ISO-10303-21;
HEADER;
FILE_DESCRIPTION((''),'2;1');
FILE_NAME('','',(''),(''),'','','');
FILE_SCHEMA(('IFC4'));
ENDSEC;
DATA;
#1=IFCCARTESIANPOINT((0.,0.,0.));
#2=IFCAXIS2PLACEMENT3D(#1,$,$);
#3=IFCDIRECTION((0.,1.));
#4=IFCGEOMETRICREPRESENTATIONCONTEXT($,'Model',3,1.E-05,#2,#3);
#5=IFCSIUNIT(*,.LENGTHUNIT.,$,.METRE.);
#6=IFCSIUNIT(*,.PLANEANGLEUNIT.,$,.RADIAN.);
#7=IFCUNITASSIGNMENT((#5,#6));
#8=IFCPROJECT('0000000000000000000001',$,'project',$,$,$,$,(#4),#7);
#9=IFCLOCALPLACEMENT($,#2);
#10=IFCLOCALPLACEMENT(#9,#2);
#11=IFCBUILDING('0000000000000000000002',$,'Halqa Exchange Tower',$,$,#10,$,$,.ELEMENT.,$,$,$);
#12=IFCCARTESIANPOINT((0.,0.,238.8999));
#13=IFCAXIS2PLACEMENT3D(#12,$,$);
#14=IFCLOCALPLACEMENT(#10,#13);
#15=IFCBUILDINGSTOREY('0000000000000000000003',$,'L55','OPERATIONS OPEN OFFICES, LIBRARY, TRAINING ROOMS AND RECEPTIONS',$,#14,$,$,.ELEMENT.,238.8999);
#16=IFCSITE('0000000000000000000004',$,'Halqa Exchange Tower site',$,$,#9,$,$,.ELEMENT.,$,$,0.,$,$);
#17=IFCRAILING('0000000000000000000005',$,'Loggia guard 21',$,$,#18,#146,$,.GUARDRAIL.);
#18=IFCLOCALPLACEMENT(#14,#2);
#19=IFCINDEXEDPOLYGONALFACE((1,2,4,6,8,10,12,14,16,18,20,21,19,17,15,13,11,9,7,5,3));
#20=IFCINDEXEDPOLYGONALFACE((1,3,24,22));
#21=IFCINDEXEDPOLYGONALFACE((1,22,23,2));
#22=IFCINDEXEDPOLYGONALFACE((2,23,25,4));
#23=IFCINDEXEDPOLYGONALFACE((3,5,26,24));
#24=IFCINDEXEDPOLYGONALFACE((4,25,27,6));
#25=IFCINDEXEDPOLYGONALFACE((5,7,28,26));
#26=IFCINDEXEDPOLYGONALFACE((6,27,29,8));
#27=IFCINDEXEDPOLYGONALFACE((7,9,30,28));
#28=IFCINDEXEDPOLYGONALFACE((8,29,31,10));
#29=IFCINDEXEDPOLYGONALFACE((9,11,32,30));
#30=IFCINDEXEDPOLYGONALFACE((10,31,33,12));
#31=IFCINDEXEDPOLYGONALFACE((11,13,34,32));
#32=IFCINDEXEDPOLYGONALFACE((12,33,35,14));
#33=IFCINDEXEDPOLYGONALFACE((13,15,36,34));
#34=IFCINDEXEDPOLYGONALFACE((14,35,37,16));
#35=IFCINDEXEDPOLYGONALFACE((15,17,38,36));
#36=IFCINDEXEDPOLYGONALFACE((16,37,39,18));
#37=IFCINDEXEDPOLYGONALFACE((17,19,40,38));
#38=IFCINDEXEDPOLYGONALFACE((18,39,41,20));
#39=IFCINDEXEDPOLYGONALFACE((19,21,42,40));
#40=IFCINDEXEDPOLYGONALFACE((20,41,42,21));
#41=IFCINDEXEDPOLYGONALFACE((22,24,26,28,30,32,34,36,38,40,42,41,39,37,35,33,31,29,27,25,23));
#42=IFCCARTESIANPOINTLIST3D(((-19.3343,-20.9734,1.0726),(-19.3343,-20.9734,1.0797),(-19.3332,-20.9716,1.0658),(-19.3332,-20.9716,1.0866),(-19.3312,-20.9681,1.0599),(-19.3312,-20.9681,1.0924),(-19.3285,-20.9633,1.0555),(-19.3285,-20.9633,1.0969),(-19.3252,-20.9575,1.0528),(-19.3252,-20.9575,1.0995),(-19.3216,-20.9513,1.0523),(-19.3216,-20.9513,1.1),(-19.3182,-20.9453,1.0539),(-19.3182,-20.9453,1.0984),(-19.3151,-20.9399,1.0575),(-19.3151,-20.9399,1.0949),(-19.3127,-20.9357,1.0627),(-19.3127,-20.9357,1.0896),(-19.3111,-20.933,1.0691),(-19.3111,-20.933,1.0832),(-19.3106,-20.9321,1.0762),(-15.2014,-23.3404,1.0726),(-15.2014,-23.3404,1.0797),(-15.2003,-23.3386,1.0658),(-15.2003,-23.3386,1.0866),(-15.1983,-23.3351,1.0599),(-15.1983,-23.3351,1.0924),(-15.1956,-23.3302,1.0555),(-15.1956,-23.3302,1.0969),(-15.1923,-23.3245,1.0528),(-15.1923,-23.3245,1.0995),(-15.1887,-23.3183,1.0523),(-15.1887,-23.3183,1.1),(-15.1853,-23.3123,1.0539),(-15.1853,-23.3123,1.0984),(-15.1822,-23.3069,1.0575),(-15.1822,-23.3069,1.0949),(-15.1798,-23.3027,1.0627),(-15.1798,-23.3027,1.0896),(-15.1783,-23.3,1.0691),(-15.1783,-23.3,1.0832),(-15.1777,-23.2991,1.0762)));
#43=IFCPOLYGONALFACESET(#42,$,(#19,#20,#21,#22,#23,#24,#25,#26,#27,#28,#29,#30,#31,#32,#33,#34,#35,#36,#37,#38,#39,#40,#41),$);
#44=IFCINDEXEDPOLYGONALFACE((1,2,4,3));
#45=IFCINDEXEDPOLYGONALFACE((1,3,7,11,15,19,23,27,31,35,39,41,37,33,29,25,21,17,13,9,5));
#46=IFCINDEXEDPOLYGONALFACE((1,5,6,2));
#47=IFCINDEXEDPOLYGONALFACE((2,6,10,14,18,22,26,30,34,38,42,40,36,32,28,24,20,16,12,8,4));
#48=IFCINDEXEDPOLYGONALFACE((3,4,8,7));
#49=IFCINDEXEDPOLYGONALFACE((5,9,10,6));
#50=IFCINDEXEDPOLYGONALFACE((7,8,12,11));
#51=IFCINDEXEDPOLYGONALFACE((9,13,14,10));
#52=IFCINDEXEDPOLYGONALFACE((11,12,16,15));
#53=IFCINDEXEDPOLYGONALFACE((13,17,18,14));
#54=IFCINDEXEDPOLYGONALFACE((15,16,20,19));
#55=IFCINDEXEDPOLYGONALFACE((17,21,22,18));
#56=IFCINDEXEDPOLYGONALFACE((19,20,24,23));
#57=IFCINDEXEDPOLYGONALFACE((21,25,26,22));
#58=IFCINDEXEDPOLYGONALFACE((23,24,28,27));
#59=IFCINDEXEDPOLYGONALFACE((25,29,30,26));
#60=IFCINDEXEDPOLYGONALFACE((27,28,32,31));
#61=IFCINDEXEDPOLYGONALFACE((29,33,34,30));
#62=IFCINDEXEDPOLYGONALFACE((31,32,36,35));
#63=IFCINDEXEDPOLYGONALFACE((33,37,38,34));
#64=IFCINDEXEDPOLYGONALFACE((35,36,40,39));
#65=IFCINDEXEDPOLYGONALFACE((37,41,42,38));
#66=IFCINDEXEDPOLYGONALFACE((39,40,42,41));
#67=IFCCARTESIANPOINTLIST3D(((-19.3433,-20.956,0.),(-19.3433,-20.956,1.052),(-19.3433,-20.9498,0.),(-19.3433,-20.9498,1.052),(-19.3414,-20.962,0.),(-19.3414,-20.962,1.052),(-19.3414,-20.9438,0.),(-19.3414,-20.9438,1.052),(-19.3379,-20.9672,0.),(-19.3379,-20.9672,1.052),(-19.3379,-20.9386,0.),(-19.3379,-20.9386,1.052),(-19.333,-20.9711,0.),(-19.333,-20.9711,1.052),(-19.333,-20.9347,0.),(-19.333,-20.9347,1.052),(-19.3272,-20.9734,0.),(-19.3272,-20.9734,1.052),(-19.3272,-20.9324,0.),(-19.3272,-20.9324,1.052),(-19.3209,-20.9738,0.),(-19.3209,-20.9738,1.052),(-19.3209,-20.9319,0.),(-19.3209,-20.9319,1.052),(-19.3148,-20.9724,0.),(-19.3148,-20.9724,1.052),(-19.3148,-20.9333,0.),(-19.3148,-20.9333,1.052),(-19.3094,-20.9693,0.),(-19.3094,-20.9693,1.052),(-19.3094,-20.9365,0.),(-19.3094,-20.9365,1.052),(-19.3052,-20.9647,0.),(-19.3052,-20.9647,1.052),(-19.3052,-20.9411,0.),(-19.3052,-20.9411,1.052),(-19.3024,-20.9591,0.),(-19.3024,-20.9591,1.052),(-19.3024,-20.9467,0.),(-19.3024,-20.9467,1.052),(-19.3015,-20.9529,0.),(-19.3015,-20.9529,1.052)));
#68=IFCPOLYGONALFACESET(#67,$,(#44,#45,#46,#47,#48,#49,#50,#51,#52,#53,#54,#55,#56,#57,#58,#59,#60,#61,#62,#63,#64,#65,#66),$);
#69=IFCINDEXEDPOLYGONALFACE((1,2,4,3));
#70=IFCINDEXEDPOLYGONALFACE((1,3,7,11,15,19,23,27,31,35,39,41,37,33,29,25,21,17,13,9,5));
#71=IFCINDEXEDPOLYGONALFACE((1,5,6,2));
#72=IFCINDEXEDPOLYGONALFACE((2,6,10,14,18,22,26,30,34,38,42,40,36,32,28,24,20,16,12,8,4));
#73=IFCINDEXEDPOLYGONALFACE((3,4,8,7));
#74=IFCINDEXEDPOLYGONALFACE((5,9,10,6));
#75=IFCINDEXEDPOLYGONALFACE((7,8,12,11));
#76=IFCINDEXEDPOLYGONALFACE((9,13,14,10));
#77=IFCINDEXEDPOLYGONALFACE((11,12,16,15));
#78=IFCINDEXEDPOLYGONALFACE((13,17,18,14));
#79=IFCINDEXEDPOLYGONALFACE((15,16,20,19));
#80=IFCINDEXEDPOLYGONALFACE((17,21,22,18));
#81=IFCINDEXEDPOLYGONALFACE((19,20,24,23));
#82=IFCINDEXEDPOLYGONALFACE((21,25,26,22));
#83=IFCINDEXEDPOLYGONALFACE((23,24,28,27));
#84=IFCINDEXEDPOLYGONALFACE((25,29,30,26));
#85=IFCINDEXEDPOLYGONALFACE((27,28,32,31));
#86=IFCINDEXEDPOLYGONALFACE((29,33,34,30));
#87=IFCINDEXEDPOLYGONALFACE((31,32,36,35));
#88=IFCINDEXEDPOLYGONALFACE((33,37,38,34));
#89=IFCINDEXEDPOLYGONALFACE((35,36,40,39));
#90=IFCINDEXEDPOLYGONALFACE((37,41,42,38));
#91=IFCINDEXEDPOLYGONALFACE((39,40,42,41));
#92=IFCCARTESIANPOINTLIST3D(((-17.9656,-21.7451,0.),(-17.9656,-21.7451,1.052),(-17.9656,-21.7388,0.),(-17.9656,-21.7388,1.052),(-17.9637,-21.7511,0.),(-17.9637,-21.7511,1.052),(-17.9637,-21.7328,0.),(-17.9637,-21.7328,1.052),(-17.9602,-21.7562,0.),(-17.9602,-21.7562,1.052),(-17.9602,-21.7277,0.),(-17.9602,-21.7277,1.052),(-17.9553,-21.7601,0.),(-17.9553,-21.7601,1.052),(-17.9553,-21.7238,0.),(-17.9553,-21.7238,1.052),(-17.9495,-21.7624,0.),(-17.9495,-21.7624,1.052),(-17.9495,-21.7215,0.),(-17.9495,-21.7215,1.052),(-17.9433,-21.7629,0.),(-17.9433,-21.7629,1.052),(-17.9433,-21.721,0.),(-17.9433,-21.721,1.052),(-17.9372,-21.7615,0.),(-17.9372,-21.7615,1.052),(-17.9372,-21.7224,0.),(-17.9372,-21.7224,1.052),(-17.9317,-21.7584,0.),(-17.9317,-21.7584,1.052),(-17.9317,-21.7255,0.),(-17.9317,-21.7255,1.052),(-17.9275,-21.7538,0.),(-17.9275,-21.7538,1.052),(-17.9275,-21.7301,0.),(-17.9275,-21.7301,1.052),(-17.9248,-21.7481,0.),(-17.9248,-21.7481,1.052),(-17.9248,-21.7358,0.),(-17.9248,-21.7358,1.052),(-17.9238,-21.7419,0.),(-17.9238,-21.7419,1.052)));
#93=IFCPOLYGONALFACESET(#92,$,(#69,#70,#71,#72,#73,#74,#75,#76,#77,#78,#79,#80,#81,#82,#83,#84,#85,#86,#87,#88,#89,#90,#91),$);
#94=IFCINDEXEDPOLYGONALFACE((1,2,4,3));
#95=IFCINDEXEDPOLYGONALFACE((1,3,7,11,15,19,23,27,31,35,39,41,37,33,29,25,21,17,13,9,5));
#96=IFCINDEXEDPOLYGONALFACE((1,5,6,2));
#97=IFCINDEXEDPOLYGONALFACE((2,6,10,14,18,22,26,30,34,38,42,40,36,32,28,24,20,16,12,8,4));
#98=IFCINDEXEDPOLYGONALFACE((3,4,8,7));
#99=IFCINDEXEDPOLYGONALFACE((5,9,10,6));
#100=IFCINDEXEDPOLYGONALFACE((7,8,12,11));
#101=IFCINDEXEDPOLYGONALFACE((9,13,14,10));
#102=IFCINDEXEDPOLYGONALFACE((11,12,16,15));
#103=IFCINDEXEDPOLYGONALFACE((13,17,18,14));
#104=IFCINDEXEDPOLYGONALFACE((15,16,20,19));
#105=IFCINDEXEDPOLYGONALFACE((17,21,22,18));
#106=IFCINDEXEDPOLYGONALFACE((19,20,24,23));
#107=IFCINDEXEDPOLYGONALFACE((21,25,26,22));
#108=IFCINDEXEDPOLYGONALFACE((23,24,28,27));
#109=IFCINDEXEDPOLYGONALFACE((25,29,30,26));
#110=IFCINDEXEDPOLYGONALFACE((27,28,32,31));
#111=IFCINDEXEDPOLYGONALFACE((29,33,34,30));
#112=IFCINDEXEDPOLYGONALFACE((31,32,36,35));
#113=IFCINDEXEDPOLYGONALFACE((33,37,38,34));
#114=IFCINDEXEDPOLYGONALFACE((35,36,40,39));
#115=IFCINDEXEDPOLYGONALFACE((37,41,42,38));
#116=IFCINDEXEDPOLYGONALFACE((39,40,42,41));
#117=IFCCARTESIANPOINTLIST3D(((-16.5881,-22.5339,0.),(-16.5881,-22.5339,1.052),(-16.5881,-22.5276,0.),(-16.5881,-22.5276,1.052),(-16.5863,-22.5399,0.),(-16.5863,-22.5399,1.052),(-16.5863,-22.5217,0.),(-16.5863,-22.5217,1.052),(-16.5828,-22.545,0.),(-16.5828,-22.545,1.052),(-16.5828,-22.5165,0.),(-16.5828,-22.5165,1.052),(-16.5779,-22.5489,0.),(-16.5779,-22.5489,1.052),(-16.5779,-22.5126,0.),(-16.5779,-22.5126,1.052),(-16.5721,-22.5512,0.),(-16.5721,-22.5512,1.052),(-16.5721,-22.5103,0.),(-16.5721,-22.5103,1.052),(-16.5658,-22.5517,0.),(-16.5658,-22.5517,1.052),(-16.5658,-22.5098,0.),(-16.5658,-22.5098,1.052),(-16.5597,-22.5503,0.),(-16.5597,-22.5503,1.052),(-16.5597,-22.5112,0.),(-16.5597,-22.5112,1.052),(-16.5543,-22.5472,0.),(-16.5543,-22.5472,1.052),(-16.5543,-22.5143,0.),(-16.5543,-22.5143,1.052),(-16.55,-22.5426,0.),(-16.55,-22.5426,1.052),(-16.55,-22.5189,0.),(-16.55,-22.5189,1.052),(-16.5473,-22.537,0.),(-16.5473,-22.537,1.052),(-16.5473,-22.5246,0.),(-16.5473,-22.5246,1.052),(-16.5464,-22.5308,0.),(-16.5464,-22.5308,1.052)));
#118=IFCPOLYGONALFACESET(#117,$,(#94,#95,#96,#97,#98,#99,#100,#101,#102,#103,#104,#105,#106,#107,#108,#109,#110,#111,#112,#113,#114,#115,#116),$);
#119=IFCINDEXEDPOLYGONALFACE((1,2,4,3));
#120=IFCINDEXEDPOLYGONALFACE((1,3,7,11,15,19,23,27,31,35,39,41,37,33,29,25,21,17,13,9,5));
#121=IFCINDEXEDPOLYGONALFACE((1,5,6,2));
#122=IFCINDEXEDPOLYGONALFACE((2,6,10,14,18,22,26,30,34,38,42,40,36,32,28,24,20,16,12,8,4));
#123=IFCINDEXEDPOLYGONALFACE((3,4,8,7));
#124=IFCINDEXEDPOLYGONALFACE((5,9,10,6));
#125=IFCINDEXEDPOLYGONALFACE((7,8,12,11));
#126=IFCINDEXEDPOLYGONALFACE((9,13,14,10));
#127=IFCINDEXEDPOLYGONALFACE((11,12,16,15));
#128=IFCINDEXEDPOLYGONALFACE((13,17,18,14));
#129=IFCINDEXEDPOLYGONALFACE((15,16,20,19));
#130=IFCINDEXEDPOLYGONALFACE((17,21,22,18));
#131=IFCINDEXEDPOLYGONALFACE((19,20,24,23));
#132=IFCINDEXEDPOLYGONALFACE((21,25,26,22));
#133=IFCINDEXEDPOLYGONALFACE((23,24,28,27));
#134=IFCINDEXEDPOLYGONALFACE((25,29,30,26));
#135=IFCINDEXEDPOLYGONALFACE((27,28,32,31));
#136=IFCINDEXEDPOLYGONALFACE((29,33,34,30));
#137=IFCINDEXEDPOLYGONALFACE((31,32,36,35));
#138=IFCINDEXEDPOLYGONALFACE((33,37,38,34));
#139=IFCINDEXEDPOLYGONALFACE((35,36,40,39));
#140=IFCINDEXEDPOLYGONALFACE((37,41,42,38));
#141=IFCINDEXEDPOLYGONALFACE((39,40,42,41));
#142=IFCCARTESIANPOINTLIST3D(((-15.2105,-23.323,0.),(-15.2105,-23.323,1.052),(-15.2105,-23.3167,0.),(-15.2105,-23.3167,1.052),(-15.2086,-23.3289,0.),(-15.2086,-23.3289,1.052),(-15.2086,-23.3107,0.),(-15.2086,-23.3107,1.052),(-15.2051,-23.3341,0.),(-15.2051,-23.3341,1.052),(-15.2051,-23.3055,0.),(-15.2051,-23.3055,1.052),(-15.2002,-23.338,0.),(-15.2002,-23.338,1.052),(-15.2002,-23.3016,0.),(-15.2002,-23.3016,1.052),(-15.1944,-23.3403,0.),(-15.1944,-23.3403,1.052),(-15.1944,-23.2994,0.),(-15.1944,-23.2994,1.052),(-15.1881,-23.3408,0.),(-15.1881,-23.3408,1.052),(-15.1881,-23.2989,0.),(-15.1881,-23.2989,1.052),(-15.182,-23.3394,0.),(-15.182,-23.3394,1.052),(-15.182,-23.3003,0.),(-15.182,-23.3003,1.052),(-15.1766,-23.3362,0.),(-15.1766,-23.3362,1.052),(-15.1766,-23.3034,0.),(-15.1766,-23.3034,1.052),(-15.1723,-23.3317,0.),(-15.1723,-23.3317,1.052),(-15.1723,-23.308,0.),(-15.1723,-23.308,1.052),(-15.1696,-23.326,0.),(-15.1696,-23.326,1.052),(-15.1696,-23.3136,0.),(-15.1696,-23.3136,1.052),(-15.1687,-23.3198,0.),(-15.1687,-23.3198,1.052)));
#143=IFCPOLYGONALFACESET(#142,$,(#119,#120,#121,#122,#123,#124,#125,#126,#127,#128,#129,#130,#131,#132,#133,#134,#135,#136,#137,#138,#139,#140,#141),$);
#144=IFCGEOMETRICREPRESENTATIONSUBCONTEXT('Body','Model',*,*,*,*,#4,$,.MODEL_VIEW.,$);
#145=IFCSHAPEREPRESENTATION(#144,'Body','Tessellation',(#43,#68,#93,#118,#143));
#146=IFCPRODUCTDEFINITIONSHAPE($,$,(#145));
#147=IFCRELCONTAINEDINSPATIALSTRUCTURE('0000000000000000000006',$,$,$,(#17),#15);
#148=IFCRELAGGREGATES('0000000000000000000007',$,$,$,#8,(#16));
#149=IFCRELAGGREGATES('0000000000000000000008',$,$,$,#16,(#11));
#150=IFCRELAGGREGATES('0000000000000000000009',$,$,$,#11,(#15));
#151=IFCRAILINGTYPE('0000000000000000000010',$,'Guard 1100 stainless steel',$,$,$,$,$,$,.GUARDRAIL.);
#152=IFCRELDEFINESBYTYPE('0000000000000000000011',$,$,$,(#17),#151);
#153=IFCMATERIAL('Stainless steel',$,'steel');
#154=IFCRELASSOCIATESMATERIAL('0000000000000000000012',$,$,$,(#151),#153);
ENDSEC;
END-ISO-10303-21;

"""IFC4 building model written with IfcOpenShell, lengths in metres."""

from ifc_helpers import new_model, si_unit, direction, frame, origin, origin_2d, place, context, subcontext, project, spatial, circle, extrude, material, type_object, element, save


model = new_model("IFC4")

# Units and contexts
model_context = context("Model", 3, precision=1e-05, world=origin(), true_north=direction((0.0, 1.0)))
body_context = subcontext(model_context, "Body", "Model", "MODEL_VIEW")
ifc_project = project(units=[si_unit("LENGTHUNIT", "METRE"), si_unit("PLANEANGLEUNIT", "RADIAN")], contexts=[model_context])

# Site, building, storey
site_placement = place(None, origin())
site = spatial("IfcSite", under=ifc_project, at=site_placement, Name="Halqa Exchange Tower site", CompositionType="ELEMENT", RefElevation=0.0)
building_placement = place(site_placement, origin())
building = spatial("IfcBuilding", under=site, at=building_placement, Name="Halqa Exchange Tower", CompositionType="ELEMENT")
storey_placement = place(building_placement, frame((0.0, 0.0, 238.8999)))
storey = spatial("IfcBuildingStorey", under=building, at=storey_placement, Name="L55", Description="OPERATIONS OPEN OFFICES, LIBRARY, TRAINING ROOMS AND RECEPTIONS", CompositionType="ELEMENT", Elevation=238.8999)

# Railing
ifc_material_1 = material(Name="Stainless steel", Category="steel")
railing_type = type_object("IfcRailingType", Name="Guard 1100 stainless steel", PredefinedType="GUARDRAIL", material=ifc_material_1)
railing_1_placement = place(storey_placement, frame((-19.3225, -20.9529, 0.0)))
element("IfcRailing", 1, at=railing_1_placement, inside=storey, type_object=railing_type, Name="Loggia guard 21", PredefinedType="GUARDRAIL", context=body_context, shape_type="SweptSolid", body=[
    extrude(circle(Radius=0.0239, at=origin_2d()), frame((0.0, 0.0, 1.0762), z_axis=(0.86776, -0.496983, 0.0), x_axis=(0.496983, 0.86776, 0.0)), (0.0, 0.0, 1.0), 4.7627),
    extrude(circle(Radius=0.021, at=origin_2d()), origin(), (0.0, 0.0, 1.0), 1.052),
    extrude(circle(Radius=0.021, at=origin_2d()), frame((1.3777, -0.7891, 0.0)), (0.0, 0.0, 1.0), 1.052),
    extrude(circle(Radius=0.021, at=origin_2d()), frame((2.7551, -1.5779, 0.0)), (0.0, 0.0, 1.0), 1.052),
    extrude(circle(Radius=0.021, at=origin_2d()), frame((4.1328, -2.3669, 0.0)), (0.0, 0.0, 1.0), 1.052),
])

save(model, "model.ifc")
